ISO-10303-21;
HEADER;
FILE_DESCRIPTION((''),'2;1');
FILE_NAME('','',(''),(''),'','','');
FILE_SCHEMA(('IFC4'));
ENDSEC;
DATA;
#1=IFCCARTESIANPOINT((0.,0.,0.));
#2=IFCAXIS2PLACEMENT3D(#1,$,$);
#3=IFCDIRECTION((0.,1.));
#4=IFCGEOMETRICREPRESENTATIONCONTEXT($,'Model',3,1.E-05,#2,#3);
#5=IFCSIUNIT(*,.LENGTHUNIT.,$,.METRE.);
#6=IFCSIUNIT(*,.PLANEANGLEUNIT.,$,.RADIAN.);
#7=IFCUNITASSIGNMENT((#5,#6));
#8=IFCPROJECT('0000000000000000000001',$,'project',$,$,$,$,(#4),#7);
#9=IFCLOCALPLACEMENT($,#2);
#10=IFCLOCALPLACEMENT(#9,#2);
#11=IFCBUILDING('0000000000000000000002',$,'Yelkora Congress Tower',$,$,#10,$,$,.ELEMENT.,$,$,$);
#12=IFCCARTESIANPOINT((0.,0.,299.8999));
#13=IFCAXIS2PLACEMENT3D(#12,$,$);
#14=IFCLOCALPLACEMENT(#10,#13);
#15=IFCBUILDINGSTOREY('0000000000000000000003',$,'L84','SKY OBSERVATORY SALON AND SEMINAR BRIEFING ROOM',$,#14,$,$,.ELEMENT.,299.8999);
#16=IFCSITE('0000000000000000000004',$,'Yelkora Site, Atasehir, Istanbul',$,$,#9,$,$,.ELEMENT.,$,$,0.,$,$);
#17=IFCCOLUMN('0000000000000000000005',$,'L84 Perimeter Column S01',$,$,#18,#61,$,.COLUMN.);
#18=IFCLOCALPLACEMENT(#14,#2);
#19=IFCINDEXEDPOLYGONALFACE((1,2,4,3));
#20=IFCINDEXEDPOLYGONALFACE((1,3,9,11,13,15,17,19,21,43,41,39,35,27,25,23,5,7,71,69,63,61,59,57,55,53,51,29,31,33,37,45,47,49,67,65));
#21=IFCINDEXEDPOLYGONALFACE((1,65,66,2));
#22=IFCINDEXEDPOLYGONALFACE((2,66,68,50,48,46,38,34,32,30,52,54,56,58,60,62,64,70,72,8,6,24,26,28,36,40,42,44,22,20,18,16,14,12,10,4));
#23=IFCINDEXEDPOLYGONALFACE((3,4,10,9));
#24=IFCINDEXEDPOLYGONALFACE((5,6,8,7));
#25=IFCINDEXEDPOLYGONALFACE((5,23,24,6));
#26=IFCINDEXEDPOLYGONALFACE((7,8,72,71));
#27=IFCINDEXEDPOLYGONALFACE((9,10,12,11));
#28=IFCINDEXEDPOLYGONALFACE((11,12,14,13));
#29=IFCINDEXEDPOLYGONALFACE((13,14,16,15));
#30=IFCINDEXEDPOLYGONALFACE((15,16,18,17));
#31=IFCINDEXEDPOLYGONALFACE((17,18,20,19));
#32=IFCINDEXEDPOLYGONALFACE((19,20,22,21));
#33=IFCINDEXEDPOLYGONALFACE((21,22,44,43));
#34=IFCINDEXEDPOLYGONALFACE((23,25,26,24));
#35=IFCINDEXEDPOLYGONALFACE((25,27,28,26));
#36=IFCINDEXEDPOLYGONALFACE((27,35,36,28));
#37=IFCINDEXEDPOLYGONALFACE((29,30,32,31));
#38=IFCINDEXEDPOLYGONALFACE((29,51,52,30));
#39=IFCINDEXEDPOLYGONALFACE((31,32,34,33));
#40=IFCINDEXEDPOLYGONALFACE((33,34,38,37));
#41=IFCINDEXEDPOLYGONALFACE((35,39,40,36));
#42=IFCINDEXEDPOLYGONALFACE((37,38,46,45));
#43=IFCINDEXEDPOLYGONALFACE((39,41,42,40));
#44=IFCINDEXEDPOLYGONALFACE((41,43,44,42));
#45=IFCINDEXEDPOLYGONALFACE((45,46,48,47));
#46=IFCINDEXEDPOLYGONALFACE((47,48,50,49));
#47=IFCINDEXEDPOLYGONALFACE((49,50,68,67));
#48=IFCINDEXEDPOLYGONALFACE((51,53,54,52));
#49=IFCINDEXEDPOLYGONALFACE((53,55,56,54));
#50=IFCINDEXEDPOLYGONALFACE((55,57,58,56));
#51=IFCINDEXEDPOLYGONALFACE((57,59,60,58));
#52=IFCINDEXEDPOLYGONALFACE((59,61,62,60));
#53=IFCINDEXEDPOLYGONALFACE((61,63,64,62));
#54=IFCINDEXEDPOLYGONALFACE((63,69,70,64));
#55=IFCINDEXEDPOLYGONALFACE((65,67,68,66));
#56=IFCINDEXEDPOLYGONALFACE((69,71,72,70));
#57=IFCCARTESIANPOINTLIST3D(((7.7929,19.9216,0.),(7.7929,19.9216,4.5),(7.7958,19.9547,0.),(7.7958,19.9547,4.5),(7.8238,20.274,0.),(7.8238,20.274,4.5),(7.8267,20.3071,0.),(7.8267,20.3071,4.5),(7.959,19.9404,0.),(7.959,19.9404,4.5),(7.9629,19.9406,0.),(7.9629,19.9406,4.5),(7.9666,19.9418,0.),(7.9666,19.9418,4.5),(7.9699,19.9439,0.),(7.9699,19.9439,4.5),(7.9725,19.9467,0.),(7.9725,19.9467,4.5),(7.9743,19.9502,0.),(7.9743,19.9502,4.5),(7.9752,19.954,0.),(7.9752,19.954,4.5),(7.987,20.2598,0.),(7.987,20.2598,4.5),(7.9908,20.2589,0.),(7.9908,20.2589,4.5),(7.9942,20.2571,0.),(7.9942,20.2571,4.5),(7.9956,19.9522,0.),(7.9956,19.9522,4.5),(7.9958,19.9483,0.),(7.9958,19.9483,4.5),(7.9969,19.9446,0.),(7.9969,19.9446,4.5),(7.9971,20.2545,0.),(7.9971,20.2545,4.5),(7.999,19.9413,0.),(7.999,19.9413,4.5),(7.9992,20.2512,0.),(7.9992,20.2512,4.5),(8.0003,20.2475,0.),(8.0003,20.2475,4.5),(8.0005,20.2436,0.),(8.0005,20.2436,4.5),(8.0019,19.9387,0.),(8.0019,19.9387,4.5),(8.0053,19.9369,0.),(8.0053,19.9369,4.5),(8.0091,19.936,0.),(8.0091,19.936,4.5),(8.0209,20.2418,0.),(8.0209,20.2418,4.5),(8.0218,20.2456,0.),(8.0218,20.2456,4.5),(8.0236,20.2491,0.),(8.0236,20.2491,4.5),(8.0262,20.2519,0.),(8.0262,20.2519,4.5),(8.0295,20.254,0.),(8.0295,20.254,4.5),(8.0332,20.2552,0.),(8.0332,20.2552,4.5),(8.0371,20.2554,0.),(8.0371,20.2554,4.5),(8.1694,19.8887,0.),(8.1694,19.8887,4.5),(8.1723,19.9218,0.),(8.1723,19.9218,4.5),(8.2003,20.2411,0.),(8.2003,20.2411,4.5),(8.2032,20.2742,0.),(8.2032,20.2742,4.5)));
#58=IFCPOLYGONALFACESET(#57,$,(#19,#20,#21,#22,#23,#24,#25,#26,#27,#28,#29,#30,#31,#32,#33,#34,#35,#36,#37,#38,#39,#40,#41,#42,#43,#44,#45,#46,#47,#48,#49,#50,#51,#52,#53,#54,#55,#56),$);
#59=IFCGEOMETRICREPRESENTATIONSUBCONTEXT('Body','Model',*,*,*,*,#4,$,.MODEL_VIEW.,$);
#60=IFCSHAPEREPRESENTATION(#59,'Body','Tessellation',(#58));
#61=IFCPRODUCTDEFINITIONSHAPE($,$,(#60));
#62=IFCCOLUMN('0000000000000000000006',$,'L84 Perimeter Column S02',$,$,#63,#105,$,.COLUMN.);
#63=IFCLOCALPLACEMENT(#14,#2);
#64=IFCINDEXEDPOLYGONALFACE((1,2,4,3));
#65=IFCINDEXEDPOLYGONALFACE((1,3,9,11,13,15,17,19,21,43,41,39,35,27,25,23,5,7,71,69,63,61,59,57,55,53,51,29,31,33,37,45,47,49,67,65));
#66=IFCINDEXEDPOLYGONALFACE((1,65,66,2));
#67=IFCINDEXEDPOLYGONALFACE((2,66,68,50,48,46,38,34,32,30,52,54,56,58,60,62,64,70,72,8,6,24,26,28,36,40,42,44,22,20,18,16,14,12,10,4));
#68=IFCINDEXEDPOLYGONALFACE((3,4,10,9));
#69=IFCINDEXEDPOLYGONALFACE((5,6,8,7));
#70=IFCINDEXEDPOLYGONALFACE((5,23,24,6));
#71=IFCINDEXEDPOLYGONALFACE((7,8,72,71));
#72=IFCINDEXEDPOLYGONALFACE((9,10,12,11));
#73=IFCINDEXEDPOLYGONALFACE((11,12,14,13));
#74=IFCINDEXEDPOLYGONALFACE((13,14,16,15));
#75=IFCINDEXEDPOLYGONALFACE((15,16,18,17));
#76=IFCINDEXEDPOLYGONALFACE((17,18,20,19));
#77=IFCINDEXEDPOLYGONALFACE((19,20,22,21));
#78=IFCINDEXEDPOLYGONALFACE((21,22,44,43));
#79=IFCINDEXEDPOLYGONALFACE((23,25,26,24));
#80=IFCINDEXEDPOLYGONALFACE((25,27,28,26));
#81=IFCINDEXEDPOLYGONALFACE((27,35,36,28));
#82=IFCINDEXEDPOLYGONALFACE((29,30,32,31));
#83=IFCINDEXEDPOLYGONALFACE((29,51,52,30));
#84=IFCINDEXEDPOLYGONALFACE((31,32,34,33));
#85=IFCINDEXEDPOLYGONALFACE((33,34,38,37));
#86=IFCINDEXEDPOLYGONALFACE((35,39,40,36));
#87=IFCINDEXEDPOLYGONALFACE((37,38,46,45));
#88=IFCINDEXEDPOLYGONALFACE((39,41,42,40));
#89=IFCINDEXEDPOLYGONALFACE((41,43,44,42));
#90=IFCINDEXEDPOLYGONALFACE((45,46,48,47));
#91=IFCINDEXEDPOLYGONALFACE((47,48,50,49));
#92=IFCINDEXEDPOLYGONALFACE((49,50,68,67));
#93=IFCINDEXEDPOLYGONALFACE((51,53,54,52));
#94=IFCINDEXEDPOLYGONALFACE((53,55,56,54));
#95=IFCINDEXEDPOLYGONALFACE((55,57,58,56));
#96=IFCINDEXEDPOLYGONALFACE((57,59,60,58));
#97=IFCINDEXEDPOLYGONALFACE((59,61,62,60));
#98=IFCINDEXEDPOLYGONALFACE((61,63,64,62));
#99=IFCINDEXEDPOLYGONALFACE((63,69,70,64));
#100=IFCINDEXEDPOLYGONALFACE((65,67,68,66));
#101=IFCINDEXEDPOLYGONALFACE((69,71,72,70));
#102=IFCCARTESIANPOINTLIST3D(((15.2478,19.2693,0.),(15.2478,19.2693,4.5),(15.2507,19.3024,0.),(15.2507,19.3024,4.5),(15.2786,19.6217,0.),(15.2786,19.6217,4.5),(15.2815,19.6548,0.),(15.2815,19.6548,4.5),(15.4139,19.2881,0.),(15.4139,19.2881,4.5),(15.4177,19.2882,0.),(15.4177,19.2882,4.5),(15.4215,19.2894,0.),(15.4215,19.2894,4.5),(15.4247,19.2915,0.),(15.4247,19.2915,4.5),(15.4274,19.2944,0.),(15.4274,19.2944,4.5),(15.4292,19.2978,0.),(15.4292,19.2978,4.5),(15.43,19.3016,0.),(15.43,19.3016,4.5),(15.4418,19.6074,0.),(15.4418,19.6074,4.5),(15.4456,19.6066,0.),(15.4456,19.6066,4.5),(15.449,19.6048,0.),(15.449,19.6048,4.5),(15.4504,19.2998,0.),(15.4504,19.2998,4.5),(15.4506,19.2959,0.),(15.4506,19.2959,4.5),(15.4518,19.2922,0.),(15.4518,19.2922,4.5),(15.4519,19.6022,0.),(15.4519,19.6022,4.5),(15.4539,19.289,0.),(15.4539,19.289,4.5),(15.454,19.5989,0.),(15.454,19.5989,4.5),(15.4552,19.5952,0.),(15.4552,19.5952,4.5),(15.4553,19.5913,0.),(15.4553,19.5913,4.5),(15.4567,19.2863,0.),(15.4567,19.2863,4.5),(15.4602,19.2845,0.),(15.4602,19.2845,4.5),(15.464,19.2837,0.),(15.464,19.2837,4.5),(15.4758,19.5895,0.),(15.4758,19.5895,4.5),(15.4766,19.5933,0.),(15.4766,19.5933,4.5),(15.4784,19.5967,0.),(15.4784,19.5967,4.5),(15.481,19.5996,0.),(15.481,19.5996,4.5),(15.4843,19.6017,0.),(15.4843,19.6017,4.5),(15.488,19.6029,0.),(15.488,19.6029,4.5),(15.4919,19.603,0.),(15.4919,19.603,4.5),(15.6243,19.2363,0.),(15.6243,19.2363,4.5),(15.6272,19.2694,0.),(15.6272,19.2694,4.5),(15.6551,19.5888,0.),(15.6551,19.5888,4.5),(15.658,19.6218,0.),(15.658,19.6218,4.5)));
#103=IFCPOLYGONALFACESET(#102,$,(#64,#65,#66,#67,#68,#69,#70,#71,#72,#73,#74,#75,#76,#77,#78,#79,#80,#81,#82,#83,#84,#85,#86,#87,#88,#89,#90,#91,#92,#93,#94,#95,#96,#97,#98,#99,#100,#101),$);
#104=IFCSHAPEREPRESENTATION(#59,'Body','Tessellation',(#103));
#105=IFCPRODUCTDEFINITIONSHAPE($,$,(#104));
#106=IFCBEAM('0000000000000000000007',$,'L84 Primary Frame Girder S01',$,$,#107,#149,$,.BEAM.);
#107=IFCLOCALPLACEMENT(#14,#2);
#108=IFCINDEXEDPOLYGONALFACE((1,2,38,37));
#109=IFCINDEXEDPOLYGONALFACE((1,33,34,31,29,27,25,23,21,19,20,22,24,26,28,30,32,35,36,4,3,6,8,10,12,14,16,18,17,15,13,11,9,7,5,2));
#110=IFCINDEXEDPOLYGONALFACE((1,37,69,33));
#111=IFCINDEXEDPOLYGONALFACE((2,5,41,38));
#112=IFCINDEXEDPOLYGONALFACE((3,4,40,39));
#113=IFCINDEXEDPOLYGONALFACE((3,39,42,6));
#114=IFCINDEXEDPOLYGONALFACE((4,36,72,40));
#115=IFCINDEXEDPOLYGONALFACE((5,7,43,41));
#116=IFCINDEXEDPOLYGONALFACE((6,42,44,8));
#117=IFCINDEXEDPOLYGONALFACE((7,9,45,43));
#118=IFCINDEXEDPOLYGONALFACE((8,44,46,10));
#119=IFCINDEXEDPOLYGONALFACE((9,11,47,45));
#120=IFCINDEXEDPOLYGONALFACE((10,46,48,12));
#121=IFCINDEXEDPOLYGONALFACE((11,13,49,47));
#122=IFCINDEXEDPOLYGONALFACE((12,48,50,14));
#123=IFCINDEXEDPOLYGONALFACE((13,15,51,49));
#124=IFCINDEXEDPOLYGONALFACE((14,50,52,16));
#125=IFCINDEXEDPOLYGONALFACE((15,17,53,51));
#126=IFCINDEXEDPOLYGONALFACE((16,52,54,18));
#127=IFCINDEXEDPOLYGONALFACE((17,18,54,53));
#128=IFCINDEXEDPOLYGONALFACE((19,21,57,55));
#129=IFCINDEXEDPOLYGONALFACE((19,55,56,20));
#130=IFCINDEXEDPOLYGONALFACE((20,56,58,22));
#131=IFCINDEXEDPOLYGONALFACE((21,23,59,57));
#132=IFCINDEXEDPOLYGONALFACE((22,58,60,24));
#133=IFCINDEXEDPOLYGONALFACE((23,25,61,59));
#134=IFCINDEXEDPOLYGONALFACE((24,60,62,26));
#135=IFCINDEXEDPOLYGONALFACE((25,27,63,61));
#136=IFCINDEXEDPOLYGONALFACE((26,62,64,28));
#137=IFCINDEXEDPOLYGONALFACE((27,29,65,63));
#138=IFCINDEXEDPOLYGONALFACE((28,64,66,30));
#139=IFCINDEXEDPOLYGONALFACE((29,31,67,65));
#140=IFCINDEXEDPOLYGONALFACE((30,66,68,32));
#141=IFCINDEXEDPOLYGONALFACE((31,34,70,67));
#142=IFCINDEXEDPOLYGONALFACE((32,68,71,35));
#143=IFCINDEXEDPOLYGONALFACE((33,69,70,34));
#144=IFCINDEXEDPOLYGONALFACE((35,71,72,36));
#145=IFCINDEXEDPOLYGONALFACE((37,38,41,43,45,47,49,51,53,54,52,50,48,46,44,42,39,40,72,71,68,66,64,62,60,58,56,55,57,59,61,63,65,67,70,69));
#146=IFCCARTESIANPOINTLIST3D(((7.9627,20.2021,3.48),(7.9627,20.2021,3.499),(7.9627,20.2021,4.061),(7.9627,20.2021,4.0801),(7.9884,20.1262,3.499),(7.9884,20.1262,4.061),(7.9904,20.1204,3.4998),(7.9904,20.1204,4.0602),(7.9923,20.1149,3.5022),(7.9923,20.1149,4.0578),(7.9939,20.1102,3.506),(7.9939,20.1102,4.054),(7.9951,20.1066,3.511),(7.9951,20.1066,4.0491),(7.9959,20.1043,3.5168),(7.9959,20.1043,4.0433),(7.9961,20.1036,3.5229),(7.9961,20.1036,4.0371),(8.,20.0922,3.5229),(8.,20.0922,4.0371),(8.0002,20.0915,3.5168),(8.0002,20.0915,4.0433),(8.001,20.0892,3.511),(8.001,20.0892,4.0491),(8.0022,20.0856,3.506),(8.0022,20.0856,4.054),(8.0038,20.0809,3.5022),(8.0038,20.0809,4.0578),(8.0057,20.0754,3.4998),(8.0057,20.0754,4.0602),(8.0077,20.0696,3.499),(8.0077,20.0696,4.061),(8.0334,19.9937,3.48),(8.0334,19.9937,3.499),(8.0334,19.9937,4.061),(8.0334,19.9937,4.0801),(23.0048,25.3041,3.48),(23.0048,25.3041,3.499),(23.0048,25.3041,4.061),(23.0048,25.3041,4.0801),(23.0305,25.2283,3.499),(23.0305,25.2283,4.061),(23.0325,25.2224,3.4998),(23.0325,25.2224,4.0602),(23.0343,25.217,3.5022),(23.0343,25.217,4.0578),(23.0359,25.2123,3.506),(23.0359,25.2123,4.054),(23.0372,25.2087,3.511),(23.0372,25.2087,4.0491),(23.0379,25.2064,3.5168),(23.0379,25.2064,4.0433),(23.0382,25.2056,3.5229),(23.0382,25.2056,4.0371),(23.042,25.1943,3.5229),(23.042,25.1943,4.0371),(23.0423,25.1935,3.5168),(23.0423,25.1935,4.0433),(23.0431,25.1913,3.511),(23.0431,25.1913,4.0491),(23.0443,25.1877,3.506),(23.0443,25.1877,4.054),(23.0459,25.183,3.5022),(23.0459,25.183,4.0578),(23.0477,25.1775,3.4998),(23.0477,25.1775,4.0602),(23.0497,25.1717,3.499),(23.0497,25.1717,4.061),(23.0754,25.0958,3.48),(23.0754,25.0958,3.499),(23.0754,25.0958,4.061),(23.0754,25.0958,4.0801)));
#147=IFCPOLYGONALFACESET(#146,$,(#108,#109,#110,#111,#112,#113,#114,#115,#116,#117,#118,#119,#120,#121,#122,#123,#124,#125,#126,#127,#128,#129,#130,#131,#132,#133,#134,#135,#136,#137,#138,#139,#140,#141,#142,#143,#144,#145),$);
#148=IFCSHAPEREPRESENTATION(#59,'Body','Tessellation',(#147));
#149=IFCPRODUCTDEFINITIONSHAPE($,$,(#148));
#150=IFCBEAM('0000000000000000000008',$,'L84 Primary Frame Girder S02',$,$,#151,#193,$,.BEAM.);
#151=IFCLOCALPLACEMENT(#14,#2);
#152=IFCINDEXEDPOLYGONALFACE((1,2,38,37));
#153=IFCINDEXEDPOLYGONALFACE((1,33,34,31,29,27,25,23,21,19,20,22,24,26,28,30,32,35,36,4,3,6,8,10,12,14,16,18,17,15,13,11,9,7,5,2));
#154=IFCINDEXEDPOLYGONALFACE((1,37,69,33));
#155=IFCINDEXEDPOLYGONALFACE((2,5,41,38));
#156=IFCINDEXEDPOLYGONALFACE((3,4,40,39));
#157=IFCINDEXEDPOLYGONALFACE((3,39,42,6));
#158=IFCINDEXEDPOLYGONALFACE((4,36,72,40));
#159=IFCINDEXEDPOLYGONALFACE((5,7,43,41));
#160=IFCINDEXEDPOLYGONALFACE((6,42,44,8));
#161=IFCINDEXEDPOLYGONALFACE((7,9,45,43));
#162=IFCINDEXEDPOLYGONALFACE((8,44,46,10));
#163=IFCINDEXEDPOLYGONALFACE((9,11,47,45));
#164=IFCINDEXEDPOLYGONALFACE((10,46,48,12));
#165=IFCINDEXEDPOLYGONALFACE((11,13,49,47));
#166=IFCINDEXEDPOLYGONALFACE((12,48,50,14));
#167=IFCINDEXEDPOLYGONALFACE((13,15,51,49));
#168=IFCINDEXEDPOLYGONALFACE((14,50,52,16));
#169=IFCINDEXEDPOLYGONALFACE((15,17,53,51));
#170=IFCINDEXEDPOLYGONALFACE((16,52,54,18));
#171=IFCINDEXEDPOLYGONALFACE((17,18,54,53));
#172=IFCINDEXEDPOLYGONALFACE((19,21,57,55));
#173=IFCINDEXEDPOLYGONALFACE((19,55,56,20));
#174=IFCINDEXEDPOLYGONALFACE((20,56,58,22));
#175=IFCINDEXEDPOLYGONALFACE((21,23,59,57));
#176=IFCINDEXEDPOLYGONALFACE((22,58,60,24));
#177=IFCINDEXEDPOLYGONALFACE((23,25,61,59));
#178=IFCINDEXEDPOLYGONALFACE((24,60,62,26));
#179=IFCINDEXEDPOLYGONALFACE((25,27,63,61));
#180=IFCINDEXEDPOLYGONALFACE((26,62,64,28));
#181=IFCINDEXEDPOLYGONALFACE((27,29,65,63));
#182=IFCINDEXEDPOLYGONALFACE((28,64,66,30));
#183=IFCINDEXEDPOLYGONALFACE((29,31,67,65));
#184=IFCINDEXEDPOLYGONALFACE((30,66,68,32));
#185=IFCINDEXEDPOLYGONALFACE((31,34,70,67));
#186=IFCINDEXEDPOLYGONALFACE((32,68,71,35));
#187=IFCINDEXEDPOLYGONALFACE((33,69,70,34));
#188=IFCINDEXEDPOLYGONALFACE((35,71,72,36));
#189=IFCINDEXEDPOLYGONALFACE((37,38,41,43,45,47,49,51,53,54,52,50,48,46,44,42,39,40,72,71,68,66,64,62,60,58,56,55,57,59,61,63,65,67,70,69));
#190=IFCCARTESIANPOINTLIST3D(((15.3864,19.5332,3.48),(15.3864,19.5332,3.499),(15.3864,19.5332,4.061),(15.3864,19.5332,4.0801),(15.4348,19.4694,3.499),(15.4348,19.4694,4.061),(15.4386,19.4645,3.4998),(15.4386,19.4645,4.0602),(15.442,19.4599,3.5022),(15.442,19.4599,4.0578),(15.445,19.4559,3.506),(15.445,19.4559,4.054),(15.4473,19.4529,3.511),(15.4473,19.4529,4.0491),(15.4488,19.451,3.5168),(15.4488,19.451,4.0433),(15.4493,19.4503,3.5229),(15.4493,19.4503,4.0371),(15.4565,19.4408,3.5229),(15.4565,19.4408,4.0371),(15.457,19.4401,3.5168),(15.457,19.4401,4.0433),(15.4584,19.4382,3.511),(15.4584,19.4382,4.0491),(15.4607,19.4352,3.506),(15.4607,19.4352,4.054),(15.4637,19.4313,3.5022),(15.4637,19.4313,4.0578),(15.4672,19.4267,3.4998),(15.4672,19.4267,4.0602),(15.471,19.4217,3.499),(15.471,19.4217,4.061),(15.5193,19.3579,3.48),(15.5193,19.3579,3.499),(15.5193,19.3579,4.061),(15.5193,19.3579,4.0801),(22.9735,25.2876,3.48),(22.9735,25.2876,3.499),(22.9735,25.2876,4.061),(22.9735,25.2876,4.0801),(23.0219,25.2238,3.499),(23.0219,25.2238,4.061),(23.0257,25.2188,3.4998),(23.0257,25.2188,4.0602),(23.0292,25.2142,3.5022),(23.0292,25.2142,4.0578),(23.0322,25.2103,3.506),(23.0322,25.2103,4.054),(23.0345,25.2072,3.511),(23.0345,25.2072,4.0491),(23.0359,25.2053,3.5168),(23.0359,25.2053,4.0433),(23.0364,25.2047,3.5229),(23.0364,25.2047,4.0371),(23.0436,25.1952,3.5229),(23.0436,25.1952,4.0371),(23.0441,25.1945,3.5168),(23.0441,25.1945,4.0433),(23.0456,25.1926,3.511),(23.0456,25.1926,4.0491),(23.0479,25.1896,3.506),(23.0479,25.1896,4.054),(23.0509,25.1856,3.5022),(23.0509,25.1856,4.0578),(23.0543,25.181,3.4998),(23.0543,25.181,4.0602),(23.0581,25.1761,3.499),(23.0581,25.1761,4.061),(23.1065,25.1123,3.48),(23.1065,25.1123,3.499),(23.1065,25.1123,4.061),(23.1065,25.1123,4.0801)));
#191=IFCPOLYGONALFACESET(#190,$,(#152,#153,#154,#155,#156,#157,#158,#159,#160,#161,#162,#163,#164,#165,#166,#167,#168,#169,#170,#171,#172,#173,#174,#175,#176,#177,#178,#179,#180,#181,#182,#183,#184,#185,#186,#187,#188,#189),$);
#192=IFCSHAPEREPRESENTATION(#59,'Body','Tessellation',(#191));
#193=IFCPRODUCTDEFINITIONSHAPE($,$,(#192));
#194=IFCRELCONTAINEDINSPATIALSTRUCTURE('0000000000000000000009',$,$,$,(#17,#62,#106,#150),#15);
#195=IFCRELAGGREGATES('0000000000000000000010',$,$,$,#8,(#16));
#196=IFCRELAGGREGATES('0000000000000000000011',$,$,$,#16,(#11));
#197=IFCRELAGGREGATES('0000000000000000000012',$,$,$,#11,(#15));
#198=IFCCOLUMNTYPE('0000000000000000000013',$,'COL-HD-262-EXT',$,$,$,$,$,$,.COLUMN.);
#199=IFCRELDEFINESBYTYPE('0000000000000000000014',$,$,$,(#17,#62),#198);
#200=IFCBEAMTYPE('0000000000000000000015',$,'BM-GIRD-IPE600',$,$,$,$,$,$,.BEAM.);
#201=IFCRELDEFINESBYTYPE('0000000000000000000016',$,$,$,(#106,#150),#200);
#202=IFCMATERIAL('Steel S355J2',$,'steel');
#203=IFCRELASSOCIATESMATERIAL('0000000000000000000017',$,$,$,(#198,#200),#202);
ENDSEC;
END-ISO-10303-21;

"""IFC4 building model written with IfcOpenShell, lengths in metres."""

from ifc_helpers import new_model, si_unit, direction, frame, origin, origin_2d, place, context, subcontext, project, spatial, i_section, extrude, material, material_profile, profile_set, type_object, element, save


model = new_model("IFC4")

# Units and contexts
model_context = context("Model", 3, precision=1e-05, world=origin(), true_north=direction((0.0, 1.0)))
body_context = subcontext(model_context, "Body", "Model", "MODEL_VIEW")
ifc_project = project(units=[si_unit("LENGTHUNIT", "METRE"), si_unit("PLANEANGLEUNIT", "RADIAN")], contexts=[model_context])

# Site, building, storey
site_placement = place(None, origin())
site = spatial("IfcSite", under=ifc_project, at=site_placement, Name="Yelkora Site, Atasehir, Istanbul", CompositionType="ELEMENT", RefElevation=0.0)
building_placement = place(site_placement, origin())
building = spatial("IfcBuilding", under=site, at=building_placement, Name="Yelkora Congress Tower", CompositionType="ELEMENT")
storey_placement = place(building_placement, frame((0.0, 0.0, 299.8999)))
storey = spatial("IfcBuildingStorey", under=building, at=storey_placement, Name="L84", Description="SKY OBSERVATORY SALON AND SEMINAR BRIEFING ROOM", CompositionType="ELEMENT", Elevation=299.8999)

# Columns
ifc_material_1 = material(Name="Steel S355J2", Category="steel")
ifc_material_profile_1 = material_profile(ifc_material_1, i_section(OverallWidth=0.3779, OverallDepth=0.387, WebThickness=0.0205, FlangeThickness=0.0332, FilletRadius=0.0149, at=origin_2d()), Name="HD 360x262")
ifc_profile_set_1 = profile_set([ifc_material_profile_1], Name="Steel S355J2")
column_type = type_object("IfcColumnType", Name="COL-HD-262-EXT", PredefinedType="COLUMN", material=ifc_profile_set_1)
for number, where, z_axis, x_axis, name in (
    (1, (7.998, 20.0979, 0.0), (0.0, 0.0, 1.0), (0.996195, -0.087156, 0.0), "L84 Perimeter Column S01"),
    (2, (15.4529, 19.4456, 0.0), (0.0, 0.0, 1.0), (0.996195, -0.087156, 0.0), "L84 Perimeter Column S02"),
):
    element("IfcColumn", number, at=place(storey_placement, frame(where, z_axis=z_axis, x_axis=x_axis)), inside=storey, type_object=column_type, Name=name, PredefinedType="COLUMN", context=body_context, shape_type="SweptSolid", body=[
        extrude(i_section(OverallWidth=0.3779, OverallDepth=0.387, WebThickness=0.0205, FlangeThickness=0.0332, FilletRadius=0.0149, at=origin_2d()), origin(), (0.0, 0.0, 1.0), 4.5),
    ])

# Beams
ifc_material_profile_2 = material_profile(ifc_material_1, i_section(OverallWidth=0.22, OverallDepth=0.6001, WebThickness=0.012, FlangeThickness=0.019, FilletRadius=0.0239, at=origin_2d()), Name="IPE 600")
ifc_profile_set_2 = profile_set([ifc_material_profile_2], Name="Steel S355J2")
beam_type_1 = type_object("IfcBeamType", Name="BM-GIRD-IPE600", PredefinedType="BEAM", material=ifc_profile_set_2)
beam_1_placement = place(storey_placement, frame((7.998, 20.0979, 3.78), z_axis=(0.947007, 0.321213, 0.0), x_axis=(-0.321213, 0.947007, 0.0)))
element("IfcBeam", 3, at=beam_1_placement, inside=storey, type_object=beam_type_1, Name="L84 Primary Frame Girder S01", PredefinedType="BEAM", context=body_context, shape_type="SweptSolid", body=[
    extrude(i_section(OverallWidth=0.22, OverallDepth=0.6001, WebThickness=0.012, FlangeThickness=0.019, FilletRadius=0.0239, at=origin_2d()), origin(), (0.0, 0.0, 1.0), 15.8838),
])
beam_2_placement = place(storey_placement, frame((15.4529, 19.4456, 3.78), z_axis=(0.796761, 0.604294, 0.0), x_axis=(-0.604294, 0.796761, 0.0)))
element("IfcBeam", 4, at=beam_2_placement, inside=storey, type_object=beam_type_1, Name="L84 Primary Frame Girder S02", PredefinedType="BEAM", context=body_context, shape_type="SweptSolid", body=[
    extrude(i_section(OverallWidth=0.22, OverallDepth=0.6001, WebThickness=0.012, FlangeThickness=0.019, FilletRadius=0.0239, at=origin_2d()), origin(), (0.0, 0.0, 1.0), 9.5225),
])

save(model, "model.ifc")
